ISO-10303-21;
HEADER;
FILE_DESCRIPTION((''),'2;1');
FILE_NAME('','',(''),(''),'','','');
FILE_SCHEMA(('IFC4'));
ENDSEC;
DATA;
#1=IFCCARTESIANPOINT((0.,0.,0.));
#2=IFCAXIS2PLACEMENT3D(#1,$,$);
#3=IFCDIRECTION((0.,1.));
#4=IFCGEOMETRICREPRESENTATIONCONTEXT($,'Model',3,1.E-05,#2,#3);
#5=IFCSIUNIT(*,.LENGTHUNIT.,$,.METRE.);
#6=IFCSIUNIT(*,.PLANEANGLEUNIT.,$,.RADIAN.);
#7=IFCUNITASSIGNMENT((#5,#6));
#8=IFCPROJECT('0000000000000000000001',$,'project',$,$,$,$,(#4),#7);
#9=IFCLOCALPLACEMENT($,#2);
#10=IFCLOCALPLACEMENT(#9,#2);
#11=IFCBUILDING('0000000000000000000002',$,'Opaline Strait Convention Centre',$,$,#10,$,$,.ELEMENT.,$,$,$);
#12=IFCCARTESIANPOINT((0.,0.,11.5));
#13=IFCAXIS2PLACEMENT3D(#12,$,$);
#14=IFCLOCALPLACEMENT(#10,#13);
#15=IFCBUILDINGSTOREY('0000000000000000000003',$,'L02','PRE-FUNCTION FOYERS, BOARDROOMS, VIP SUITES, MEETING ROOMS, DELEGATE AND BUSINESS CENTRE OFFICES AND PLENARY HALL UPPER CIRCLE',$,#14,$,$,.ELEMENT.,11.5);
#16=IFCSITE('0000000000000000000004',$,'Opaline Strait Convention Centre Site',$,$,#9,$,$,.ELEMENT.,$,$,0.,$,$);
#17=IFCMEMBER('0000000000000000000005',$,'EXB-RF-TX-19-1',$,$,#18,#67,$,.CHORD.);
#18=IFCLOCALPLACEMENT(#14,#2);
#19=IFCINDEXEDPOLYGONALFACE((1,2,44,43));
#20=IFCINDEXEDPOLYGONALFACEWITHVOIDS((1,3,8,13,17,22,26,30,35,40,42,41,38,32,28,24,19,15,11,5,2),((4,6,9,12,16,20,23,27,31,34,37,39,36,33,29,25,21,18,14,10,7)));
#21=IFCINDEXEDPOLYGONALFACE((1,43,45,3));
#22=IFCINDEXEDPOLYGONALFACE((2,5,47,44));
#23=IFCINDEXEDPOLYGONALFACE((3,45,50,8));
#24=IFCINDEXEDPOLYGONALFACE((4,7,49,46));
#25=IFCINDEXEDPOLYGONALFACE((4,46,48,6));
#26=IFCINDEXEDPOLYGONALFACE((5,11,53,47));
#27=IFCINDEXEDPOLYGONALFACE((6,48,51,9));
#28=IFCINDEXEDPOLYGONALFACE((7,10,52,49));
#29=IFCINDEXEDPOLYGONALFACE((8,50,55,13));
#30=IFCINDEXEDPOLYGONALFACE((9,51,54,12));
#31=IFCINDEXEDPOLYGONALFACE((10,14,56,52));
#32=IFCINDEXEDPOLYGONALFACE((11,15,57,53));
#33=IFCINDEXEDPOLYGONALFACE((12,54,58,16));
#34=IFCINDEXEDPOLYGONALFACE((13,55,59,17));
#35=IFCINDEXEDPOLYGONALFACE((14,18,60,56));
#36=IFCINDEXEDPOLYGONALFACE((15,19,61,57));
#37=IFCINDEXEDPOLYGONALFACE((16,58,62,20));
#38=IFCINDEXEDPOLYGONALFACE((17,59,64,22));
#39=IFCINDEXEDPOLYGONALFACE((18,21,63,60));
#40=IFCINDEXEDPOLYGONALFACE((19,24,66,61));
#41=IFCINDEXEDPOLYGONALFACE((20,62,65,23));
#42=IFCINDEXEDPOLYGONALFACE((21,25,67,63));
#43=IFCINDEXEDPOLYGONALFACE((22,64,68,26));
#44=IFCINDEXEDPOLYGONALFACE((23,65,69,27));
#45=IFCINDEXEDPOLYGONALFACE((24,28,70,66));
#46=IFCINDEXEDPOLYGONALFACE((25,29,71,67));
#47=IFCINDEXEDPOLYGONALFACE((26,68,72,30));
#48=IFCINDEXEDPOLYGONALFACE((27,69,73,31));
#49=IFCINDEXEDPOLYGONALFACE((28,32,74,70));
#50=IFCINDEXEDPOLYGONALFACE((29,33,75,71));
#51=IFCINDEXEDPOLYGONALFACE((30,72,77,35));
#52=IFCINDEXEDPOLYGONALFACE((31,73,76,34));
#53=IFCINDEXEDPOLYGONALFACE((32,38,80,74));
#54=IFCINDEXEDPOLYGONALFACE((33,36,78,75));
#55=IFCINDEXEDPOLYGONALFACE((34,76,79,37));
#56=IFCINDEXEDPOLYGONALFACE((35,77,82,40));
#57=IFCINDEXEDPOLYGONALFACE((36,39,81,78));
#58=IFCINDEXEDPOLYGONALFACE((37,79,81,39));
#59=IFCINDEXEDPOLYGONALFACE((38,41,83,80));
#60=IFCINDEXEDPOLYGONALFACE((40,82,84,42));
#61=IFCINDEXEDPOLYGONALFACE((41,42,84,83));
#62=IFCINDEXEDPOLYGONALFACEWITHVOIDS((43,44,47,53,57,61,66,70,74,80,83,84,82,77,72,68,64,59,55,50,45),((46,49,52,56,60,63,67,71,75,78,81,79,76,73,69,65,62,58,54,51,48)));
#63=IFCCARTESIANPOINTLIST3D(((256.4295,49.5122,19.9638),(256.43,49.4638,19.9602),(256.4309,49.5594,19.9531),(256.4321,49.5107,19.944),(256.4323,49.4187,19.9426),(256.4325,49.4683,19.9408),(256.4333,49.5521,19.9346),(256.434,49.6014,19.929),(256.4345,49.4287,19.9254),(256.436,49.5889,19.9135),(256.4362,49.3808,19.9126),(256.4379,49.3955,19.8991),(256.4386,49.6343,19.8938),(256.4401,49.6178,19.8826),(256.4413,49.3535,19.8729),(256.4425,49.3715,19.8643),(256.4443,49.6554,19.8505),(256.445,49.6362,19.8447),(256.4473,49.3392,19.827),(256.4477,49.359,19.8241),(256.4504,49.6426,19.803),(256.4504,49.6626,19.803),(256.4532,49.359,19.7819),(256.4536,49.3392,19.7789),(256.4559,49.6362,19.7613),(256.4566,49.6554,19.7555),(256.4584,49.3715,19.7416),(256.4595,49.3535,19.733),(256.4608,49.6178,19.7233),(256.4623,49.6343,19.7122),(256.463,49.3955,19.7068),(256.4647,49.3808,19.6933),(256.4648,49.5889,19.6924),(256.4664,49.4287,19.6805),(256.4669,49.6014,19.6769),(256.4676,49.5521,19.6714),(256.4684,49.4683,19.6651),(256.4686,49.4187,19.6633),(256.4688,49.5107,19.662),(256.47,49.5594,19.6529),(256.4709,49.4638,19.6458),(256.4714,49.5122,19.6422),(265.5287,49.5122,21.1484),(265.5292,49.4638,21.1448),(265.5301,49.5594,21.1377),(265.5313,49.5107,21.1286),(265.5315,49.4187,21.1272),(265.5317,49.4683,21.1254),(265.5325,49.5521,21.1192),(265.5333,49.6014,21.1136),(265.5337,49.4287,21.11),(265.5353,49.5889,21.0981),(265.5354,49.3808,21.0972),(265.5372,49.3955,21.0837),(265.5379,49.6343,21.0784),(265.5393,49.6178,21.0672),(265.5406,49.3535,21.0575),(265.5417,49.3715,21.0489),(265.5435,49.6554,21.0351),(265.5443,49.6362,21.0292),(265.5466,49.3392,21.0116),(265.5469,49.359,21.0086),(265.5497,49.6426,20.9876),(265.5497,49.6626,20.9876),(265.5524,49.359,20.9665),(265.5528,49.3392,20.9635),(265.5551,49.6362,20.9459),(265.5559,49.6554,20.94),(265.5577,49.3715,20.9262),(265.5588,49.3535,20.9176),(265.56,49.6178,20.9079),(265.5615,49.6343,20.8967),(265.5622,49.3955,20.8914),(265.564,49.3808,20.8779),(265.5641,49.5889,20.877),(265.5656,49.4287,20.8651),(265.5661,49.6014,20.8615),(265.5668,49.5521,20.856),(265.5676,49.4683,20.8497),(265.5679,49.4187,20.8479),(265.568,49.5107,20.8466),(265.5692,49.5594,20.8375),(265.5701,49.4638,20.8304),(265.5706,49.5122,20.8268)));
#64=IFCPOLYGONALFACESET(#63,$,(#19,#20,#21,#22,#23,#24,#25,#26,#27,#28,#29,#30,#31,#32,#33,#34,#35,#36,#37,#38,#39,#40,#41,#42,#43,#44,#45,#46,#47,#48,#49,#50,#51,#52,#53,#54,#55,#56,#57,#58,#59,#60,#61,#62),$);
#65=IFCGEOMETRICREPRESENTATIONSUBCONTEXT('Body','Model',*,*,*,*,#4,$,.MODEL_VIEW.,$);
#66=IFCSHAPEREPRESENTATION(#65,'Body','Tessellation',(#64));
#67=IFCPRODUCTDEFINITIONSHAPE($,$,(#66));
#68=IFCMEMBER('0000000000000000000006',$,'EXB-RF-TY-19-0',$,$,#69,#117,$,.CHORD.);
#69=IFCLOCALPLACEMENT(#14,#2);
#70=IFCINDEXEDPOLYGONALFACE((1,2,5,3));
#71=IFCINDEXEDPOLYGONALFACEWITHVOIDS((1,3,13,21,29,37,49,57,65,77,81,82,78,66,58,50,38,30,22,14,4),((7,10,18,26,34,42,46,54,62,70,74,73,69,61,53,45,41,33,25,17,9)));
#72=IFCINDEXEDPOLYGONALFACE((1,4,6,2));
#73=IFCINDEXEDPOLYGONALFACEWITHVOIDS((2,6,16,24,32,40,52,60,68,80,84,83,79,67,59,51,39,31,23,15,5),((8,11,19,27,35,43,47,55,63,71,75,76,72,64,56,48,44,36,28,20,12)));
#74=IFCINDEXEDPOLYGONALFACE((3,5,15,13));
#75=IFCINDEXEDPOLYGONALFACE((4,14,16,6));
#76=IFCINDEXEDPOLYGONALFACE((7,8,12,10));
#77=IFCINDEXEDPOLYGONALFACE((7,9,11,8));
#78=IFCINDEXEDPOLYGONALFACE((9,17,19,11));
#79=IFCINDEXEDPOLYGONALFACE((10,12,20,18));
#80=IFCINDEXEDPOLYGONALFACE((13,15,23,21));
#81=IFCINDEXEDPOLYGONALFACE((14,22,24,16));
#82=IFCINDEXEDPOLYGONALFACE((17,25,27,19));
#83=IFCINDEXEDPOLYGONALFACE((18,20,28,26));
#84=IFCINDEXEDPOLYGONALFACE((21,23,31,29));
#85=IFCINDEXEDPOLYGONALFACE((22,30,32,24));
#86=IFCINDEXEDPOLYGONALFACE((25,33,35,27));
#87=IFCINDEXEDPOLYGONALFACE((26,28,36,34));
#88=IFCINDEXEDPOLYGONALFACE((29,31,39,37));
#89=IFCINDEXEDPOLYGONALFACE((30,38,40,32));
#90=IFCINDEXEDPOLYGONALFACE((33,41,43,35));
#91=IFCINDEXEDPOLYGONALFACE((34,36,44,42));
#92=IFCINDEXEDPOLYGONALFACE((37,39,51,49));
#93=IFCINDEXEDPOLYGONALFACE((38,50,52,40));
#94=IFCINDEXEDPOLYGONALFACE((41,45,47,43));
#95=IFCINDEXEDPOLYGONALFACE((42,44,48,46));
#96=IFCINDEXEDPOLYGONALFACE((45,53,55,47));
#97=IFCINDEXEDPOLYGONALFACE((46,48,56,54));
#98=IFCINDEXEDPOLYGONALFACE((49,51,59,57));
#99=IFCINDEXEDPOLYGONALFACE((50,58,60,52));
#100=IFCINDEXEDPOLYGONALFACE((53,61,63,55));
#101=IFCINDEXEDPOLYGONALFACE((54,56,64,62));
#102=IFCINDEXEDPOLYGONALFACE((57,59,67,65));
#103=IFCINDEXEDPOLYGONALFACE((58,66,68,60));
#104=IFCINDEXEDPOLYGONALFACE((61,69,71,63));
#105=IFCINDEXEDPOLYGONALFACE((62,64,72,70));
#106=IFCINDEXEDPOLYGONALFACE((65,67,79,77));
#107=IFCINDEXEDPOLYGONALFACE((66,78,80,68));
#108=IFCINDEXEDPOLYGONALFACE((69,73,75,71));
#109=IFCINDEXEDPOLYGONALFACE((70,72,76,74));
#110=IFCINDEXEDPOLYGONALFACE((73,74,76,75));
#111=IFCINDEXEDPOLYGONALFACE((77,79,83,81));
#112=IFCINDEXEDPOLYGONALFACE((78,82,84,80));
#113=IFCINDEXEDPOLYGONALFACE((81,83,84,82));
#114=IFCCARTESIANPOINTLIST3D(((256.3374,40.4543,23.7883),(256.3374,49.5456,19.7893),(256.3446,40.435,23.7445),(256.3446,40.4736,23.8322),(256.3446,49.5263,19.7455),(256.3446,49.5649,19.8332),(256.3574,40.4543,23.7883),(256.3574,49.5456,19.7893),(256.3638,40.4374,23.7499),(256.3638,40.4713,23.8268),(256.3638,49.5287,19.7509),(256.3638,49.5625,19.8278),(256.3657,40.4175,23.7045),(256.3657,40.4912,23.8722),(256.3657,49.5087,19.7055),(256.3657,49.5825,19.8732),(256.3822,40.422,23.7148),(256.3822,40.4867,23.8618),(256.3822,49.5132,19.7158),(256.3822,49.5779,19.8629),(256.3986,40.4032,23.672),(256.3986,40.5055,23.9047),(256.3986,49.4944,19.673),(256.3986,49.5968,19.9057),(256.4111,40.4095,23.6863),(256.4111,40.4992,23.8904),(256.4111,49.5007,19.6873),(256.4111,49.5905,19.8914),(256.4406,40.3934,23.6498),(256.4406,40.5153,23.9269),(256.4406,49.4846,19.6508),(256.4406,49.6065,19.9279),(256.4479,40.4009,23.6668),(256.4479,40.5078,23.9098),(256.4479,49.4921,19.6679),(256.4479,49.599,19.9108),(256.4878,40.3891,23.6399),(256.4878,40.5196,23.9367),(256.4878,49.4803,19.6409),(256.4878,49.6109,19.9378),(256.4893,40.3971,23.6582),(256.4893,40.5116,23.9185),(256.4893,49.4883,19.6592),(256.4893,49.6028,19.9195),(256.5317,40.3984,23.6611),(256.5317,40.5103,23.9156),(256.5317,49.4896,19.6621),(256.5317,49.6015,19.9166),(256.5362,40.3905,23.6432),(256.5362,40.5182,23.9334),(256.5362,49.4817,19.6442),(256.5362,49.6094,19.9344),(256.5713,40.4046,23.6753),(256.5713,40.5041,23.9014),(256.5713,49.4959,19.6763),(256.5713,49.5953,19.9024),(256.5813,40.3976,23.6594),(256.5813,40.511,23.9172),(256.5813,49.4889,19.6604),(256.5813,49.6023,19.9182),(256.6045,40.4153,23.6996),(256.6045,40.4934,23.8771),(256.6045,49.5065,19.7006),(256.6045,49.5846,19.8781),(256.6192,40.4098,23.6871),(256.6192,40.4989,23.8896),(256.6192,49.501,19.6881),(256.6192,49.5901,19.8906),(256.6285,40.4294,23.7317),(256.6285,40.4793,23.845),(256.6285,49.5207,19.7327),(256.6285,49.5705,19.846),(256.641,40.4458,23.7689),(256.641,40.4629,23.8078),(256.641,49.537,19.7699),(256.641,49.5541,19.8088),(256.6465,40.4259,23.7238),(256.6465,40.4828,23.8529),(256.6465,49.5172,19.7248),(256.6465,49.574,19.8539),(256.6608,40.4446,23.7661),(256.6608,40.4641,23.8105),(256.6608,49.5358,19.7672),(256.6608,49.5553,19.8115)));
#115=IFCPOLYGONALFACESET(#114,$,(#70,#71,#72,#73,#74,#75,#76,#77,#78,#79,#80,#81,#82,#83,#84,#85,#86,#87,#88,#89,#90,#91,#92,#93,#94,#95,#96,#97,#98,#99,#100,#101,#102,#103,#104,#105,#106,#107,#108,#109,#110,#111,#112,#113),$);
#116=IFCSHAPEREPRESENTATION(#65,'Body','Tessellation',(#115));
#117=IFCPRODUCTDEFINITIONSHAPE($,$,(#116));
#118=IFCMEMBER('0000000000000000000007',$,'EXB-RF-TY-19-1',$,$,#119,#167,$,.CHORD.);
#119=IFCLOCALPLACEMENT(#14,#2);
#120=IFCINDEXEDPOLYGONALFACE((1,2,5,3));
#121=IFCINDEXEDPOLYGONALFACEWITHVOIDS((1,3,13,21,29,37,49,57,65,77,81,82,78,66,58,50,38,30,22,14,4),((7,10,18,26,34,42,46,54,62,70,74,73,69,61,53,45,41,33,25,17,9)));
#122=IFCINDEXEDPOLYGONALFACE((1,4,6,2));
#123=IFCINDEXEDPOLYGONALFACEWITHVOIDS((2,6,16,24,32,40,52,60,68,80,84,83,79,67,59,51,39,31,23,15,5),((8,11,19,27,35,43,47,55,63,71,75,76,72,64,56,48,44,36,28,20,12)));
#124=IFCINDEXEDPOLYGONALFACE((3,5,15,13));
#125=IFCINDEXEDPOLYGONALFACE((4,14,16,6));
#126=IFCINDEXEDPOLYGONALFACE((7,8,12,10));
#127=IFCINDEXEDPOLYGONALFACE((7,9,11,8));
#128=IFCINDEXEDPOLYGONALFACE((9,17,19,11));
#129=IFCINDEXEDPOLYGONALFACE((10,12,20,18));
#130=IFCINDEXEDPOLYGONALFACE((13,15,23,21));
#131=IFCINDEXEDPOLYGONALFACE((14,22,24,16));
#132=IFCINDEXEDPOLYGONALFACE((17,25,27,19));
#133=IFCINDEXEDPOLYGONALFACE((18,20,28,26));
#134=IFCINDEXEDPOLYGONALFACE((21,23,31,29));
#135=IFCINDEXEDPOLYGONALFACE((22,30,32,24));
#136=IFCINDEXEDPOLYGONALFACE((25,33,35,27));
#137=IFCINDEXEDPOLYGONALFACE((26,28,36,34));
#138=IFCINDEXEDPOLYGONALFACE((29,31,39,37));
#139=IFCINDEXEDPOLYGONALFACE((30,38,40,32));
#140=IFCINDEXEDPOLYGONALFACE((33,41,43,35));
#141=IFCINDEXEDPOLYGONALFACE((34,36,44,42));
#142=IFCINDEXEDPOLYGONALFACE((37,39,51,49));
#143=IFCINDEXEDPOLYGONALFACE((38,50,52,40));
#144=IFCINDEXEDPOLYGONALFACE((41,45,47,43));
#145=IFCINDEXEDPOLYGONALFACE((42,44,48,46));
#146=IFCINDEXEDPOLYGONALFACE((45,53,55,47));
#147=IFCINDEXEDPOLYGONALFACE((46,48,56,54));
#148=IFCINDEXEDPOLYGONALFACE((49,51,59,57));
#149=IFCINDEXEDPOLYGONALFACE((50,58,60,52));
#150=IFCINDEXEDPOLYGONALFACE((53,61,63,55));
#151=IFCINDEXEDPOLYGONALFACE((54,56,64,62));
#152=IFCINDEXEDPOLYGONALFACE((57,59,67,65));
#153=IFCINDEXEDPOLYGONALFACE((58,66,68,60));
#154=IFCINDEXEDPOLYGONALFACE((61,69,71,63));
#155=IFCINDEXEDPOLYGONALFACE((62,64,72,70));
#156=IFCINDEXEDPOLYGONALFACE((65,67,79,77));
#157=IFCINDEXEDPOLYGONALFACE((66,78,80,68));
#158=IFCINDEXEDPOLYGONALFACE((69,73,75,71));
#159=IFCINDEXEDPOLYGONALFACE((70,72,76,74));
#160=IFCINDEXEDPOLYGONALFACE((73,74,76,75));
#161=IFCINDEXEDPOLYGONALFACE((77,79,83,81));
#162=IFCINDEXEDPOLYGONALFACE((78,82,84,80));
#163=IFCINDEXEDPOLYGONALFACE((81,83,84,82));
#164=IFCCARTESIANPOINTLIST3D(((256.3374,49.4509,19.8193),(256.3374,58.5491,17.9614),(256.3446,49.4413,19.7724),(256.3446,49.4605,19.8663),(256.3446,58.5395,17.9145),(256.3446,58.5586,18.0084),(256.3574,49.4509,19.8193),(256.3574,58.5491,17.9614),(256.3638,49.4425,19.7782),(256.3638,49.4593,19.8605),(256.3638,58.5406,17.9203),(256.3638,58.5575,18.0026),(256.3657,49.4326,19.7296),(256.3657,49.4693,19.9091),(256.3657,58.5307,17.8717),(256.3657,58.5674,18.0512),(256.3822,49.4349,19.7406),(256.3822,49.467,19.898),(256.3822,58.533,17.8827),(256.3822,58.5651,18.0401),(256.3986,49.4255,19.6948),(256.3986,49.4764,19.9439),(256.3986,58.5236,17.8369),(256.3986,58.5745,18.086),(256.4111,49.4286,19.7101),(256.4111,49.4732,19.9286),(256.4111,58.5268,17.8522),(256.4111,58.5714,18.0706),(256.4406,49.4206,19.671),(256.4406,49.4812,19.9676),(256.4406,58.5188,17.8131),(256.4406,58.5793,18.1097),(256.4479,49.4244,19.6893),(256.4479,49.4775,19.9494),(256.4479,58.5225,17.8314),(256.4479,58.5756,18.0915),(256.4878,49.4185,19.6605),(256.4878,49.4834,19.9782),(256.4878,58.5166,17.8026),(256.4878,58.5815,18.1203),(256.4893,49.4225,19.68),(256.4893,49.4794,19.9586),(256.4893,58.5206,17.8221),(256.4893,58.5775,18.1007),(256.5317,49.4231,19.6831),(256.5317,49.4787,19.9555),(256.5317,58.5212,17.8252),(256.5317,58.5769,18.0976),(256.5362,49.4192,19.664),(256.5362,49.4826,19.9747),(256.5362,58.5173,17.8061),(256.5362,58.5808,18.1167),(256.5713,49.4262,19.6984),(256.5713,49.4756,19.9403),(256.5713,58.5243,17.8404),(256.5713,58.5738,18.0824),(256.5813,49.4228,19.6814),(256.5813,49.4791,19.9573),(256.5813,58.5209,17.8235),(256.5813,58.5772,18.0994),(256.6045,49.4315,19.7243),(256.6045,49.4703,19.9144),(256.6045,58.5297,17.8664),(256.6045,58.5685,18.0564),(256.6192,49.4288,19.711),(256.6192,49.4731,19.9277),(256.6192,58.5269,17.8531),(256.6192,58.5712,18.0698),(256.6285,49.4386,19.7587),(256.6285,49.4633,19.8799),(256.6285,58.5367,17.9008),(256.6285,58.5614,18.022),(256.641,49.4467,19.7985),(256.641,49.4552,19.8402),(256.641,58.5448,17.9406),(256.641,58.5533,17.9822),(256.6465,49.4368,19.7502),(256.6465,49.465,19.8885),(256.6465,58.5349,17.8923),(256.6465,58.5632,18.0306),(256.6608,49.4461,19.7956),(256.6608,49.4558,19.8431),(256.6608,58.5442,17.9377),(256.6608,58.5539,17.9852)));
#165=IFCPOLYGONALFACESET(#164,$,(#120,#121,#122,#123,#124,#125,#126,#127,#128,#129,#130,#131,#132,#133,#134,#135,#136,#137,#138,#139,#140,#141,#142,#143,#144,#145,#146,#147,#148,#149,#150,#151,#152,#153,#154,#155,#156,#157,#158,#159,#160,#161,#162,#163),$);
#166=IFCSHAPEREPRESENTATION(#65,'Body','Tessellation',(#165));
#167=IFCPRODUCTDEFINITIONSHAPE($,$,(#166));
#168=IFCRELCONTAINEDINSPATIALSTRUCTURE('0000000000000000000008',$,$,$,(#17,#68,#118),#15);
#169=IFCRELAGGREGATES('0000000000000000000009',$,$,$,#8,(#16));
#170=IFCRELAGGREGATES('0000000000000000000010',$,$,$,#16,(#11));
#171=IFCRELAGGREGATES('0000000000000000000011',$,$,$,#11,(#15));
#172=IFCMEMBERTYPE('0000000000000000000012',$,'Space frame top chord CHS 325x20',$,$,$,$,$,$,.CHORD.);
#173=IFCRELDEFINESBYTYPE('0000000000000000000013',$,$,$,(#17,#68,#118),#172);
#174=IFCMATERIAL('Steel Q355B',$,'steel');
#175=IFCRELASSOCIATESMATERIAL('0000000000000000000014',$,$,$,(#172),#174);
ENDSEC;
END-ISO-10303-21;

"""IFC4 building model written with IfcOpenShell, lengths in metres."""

from ifc_helpers import new_model, si_unit, direction, frame, origin, origin_2d, place, context, subcontext, project, spatial, hollow_circle, extrude, material, material_profile, profile_set, type_object, element, save


model = new_model("IFC4")

# Units and contexts
model_context = context("Model", 3, precision=1e-05, world=origin(), true_north=direction((0.0, 1.0)))
body_context = subcontext(model_context, "Body", "Model", "MODEL_VIEW")
ifc_project = project(units=[si_unit("LENGTHUNIT", "METRE"), si_unit("PLANEANGLEUNIT", "RADIAN")], contexts=[model_context])

# Site, building, storey
site_placement = place(None, origin())
site = spatial("IfcSite", under=ifc_project, at=site_placement, Name="Opaline Strait Convention Centre Site", CompositionType="ELEMENT", RefElevation=0.0)
building_placement = place(site_placement, origin())
building = spatial("IfcBuilding", under=site, at=building_placement, Name="Opaline Strait Convention Centre", CompositionType="ELEMENT")
storey_placement = place(building_placement, frame((0.0, 0.0, 11.5)))
storey = spatial("IfcBuildingStorey", under=building, at=storey_placement, Name="L02", Description="PRE-FUNCTION FOYERS, BOARDROOMS, VIP SUITES, MEETING ROOMS, DELEGATE AND BUSINESS CENTRE OFFICES AND PLENARY HALL UPPER CIRCLE", CompositionType="ELEMENT", Elevation=11.5)

# Members
ifc_material_1 = material(Name="Steel Q355B", Category="steel")
ifc_material_profile_1 = material_profile(ifc_material_1, hollow_circle(Radius=0.1626, WallThickness=0.02, at=origin_2d()), Name="CHS 325x20")
ifc_profile_set_1 = profile_set([ifc_material_profile_1], Name="Steel Q355B")
member_type_1 = type_object("IfcMemberType", Name="Space frame top chord CHS 325x20", PredefinedType="CHORD", material=ifc_profile_set_1)
member_1_placement = place(storey_placement, frame((256.4504, 49.5, 19.803), z_axis=(0.991632, 0.0, 0.129096), x_axis=(0.0, 1.0, 0.0)))
element("IfcMember", 1, at=member_1_placement, inside=storey, type_object=member_type_1, Name="EXB-RF-TX-19-1", PredefinedType="CHORD", context=body_context, shape_type="SweptSolid", body=[
    extrude(hollow_circle(Radius=0.1626, WallThickness=0.02, at=origin_2d()), origin(), (0.0, 0.0, 1.0), 9.176),
])
member_2_placement = place(storey_placement, frame((256.5, 40.4543, 23.7883), z_axis=(0.0, 0.915358, -0.402641), x_axis=(-1.0, 0.0, 0.0)))
element("IfcMember", 2, at=member_2_placement, inside=storey, type_object=member_type_1, Name="EXB-RF-TY-19-0", PredefinedType="CHORD", context=body_context, shape_type="SweptSolid", body=[
    extrude(hollow_circle(Radius=0.1626, WallThickness=0.02, at=origin_2d()), origin(), (0.0, 0.0, 1.0), 9.9319),
])
member_3_placement = place(storey_placement, frame((256.5, 49.4509, 19.8193), z_axis=(0.0, 0.97978, -0.200078), x_axis=(-1.0, 0.0, 0.0)))
element("IfcMember", 3, at=member_3_placement, inside=storey, type_object=member_type_1, Name="EXB-RF-TY-19-1", PredefinedType="CHORD", context=body_context, shape_type="SweptSolid", body=[
    extrude(hollow_circle(Radius=0.1626, WallThickness=0.02, at=origin_2d()), origin(), (0.0, 0.0, 1.0), 9.2859),
])

save(model, "model.ifc")
